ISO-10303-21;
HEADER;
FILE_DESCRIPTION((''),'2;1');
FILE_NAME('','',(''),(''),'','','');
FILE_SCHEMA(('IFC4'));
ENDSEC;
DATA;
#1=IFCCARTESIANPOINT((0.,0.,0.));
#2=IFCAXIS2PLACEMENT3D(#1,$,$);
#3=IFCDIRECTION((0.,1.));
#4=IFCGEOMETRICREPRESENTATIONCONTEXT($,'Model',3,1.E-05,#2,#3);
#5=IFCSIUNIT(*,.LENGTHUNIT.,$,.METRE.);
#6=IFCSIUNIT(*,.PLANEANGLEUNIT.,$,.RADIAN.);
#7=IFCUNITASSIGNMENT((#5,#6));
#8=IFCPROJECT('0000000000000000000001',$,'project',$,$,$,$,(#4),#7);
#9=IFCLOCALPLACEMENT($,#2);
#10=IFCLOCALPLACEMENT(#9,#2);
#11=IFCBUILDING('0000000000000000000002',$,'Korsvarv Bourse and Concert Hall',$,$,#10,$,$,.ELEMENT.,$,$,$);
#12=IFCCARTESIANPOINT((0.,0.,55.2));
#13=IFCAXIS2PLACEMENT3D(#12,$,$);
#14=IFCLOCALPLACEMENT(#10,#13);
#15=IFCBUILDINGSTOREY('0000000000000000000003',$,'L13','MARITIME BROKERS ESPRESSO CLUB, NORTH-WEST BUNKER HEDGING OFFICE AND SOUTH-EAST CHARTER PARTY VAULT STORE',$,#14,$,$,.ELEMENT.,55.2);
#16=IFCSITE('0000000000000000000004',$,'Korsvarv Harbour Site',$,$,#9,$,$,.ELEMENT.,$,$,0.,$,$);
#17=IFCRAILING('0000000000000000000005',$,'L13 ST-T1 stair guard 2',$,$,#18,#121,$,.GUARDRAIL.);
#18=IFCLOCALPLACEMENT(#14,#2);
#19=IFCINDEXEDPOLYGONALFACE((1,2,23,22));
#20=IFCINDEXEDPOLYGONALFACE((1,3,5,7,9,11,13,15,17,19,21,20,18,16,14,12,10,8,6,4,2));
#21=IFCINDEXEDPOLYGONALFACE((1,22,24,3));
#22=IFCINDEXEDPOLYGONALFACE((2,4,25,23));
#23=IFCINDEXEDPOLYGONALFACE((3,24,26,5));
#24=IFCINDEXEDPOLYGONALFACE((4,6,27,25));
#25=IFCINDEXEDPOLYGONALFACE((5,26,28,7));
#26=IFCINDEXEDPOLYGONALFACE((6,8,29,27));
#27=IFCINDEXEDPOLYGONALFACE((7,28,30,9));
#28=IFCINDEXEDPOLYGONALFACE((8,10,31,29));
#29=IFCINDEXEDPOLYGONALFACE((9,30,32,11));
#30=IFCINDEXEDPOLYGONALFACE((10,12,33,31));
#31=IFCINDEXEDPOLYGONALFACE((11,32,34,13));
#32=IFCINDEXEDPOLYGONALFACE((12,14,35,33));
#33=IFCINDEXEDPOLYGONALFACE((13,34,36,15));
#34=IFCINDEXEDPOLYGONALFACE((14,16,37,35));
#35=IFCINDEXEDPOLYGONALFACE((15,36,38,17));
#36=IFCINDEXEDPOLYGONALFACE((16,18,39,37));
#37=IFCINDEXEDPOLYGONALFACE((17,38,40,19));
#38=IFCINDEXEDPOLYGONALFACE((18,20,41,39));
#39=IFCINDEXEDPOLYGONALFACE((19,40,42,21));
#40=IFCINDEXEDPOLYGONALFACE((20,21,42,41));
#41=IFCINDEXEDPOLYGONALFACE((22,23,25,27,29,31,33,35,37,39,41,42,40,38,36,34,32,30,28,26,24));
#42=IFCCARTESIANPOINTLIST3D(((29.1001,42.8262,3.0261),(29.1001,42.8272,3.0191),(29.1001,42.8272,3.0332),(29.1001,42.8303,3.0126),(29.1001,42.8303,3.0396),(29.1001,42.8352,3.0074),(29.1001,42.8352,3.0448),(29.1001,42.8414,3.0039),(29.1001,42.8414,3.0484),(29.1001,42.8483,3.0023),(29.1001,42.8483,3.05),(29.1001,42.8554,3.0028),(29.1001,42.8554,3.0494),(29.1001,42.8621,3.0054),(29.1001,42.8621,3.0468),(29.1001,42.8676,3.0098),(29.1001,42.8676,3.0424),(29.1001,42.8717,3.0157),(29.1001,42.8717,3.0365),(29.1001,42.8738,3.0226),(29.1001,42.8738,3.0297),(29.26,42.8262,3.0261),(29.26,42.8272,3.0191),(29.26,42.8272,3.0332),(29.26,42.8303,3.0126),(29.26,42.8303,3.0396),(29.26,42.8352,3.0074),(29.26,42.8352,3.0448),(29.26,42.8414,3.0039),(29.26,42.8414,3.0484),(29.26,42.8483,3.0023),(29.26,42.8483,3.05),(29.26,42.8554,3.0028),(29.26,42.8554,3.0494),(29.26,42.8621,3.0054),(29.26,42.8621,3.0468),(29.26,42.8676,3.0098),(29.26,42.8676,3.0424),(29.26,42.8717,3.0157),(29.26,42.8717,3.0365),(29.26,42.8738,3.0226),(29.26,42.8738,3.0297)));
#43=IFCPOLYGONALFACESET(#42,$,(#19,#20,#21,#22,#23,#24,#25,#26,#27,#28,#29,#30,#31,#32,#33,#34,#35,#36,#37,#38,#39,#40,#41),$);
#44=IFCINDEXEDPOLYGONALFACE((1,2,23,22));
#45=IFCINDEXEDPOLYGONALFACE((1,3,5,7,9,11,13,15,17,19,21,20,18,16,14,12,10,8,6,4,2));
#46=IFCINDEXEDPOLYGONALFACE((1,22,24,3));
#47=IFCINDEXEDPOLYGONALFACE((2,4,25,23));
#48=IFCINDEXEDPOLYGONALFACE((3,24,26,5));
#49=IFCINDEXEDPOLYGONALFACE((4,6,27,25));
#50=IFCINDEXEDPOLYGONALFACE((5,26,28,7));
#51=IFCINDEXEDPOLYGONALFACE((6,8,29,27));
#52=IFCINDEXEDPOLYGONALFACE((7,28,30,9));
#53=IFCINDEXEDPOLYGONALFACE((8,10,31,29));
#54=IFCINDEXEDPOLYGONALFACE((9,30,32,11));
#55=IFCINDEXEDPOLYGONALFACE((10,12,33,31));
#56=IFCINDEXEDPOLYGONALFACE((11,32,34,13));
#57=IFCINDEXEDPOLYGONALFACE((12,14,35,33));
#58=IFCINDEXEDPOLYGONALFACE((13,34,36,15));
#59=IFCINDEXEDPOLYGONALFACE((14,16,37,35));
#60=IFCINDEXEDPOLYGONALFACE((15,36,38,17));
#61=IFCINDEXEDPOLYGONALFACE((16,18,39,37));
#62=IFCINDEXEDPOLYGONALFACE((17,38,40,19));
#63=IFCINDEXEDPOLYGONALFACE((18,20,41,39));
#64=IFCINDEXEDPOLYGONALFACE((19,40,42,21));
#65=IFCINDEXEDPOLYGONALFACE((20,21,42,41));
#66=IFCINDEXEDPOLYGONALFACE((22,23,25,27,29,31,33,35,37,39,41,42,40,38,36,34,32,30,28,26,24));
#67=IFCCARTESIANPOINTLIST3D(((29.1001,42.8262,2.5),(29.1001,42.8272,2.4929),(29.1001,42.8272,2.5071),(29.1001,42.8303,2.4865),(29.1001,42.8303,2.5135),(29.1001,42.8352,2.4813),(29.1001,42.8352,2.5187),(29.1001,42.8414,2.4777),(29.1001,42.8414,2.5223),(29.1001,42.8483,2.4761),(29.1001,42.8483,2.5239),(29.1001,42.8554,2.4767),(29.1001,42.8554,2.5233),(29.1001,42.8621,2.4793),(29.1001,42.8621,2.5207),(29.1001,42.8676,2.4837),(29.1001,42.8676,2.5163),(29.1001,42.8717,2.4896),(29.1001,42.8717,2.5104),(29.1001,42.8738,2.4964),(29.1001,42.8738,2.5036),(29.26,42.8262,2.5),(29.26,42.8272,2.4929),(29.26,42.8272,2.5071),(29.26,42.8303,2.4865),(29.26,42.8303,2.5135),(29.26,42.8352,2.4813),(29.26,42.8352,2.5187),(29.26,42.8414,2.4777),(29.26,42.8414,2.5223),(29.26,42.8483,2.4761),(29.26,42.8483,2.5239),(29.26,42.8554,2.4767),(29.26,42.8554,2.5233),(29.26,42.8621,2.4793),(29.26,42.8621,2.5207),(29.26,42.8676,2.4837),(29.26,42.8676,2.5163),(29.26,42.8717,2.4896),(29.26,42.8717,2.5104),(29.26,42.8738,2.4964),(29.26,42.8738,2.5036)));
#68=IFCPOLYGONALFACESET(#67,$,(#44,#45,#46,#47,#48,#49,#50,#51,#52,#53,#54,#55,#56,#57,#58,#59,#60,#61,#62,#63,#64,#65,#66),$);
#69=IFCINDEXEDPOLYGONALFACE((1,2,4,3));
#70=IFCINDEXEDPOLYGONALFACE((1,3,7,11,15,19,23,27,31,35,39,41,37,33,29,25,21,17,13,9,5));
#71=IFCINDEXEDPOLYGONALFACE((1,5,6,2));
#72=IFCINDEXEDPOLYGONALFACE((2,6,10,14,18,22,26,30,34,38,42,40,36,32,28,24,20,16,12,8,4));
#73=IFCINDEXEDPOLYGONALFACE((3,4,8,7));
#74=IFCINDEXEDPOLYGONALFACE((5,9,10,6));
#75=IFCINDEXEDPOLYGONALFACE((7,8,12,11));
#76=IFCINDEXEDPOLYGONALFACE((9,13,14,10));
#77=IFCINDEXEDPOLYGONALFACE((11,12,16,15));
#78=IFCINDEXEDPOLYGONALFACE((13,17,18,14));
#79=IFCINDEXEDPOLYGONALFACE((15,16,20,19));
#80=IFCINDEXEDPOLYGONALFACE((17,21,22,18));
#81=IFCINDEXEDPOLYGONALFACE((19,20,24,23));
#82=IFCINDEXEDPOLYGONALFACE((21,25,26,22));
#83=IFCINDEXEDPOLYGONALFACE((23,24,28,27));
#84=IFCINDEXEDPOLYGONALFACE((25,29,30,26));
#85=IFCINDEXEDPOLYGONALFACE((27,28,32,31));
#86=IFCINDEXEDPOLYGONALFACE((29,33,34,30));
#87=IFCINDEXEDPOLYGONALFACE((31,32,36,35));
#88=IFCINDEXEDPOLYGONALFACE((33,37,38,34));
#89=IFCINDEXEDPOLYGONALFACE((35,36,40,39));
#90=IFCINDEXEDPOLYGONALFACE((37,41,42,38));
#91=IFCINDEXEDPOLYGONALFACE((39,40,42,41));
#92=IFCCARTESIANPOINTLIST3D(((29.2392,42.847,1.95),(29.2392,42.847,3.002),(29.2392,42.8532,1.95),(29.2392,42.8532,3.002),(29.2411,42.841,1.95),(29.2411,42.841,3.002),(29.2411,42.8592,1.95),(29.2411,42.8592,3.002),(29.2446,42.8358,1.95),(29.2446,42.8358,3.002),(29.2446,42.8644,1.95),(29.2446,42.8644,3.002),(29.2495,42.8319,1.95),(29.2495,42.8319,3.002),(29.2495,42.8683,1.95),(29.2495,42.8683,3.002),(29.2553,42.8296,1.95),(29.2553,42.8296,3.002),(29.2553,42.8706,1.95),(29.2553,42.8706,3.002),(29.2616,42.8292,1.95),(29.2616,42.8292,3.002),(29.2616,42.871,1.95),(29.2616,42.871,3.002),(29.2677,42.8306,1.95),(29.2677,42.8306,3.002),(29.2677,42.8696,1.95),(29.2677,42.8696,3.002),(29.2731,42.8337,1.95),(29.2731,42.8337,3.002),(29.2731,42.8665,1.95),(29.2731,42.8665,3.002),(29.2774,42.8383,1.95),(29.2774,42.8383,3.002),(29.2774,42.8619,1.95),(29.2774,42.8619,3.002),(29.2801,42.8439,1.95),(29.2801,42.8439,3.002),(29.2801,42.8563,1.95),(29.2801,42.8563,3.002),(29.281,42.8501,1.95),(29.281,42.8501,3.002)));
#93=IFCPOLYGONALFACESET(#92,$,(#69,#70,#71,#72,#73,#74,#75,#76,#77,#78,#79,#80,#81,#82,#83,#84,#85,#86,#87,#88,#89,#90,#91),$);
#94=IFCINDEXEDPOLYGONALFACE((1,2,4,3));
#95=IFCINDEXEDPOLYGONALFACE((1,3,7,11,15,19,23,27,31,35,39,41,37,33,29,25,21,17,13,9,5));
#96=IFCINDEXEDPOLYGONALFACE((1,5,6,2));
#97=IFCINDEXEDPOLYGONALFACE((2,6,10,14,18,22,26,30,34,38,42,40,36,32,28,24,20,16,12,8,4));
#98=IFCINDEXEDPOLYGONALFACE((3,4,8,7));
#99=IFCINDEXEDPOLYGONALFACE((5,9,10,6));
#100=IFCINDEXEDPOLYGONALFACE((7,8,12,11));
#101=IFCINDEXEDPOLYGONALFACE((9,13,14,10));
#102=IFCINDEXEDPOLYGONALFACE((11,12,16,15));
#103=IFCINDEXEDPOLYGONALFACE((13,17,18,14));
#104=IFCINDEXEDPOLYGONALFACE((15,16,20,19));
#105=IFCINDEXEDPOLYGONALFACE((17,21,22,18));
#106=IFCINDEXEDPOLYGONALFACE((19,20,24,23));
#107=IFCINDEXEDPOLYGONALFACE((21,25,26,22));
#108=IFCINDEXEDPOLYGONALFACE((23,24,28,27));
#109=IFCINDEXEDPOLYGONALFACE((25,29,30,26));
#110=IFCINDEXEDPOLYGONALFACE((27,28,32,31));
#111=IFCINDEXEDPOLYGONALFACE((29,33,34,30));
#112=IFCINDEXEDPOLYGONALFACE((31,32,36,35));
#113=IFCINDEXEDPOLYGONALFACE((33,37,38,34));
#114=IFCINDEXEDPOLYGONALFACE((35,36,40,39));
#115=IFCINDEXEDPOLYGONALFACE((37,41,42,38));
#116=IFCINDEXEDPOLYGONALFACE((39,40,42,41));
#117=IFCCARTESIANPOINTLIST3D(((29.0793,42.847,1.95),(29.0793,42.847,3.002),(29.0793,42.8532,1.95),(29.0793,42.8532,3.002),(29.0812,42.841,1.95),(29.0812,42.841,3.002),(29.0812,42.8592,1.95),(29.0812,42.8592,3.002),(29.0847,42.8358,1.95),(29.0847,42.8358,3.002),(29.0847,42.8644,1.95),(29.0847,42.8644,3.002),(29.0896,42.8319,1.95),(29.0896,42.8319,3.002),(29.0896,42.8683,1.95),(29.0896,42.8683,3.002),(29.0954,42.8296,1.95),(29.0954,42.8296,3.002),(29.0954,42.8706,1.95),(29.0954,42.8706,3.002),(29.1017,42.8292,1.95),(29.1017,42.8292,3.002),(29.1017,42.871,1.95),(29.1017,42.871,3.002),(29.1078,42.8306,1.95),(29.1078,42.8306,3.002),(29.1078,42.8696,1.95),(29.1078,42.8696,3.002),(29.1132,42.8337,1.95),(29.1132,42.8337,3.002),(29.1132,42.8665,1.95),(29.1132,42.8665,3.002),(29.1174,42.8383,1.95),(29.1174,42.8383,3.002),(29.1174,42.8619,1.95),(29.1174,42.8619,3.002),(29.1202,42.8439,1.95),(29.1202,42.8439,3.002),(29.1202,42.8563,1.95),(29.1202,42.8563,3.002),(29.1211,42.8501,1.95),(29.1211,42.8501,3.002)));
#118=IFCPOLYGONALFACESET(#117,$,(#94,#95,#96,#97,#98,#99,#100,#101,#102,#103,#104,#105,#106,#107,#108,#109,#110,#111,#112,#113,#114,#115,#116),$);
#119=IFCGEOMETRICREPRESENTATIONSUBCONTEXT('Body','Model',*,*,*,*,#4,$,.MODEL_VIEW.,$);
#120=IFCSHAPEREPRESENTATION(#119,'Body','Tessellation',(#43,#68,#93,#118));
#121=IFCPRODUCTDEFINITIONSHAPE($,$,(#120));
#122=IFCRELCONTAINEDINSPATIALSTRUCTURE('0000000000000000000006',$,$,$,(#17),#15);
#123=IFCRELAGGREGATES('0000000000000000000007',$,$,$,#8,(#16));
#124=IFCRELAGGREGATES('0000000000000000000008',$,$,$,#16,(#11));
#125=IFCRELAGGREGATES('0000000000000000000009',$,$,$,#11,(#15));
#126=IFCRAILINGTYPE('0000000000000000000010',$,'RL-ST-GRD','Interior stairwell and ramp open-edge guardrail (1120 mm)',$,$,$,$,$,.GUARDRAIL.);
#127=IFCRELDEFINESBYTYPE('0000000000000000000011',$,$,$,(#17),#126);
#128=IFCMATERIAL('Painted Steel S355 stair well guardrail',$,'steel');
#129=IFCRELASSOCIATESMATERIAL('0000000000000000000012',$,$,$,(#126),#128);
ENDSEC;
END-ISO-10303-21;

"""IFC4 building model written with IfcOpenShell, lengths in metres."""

from ifc_helpers import new_model, si_unit, direction, frame, origin, origin_2d, place, context, subcontext, project, spatial, circle, extrude, material, type_object, element, save


model = new_model("IFC4")

# Units and contexts
model_context = context("Model", 3, precision=1e-05, world=origin(), true_north=direction((0.0, 1.0)))
body_context = subcontext(model_context, "Body", "Model", "MODEL_VIEW")
ifc_project = project(units=[si_unit("LENGTHUNIT", "METRE"), si_unit("PLANEANGLEUNIT", "RADIAN")], contexts=[model_context])

# Site, building, storey
site_placement = place(None, origin())
site = spatial("IfcSite", under=ifc_project, at=site_placement, Name="Korsvarv Harbour Site", CompositionType="ELEMENT", RefElevation=0.0)
building_placement = place(site_placement, origin())
building = spatial("IfcBuilding", under=site, at=building_placement, Name="Korsvarv Bourse and Concert Hall", CompositionType="ELEMENT")
storey_placement = place(building_placement, frame((0.0, 0.0, 55.2)))
storey = spatial("IfcBuildingStorey", under=building, at=storey_placement, Name="L13", Description="MARITIME BROKERS ESPRESSO CLUB, NORTH-WEST BUNKER HEDGING OFFICE AND SOUTH-EAST CHARTER PARTY VAULT STORE", CompositionType="ELEMENT", Elevation=55.2)

# Railing
ifc_material_1 = material(Name="Painted Steel S355 stair well guardrail", Category="steel")
railing_type_1 = type_object("IfcRailingType", Name="RL-ST-GRD", Description="Interior stairwell and ramp open-edge guardrail (1120 mm)", PredefinedType="GUARDRAIL", material=ifc_material_1)
railing_1_placement = place(storey_placement, frame((29.26, 42.8501, 1.95)))
element("IfcRailing", 1, at=railing_1_placement, inside=storey, type_object=railing_type_1, Name="L13 ST-T1 stair guard 2", PredefinedType="GUARDRAIL", context=body_context, shape_type="SweptSolid", body=[
    extrude(circle(Radius=0.0239, at=origin_2d()), frame((0.0, 0.0, 1.0762), z_axis=(-1.0, 0.0, 0.0), x_axis=(0.0, -1.0, 0.0)), (0.0, 0.0, 1.0), 0.1599),
    extrude(circle(Radius=0.0239, at=origin_2d()), frame((0.0, 0.0, 0.55), z_axis=(-1.0, 0.0, 0.0), x_axis=(0.0, -1.0, 0.0)), (0.0, 0.0, 1.0), 0.1599),
    extrude(circle(Radius=0.021, at=origin_2d()), origin(), (0.0, 0.0, 1.0), 1.052),
    extrude(circle(Radius=0.021, at=origin_2d()), frame((-0.1599, 0.0, 0.0)), (0.0, 0.0, 1.0), 1.052),
])

save(model, "model.ifc")
